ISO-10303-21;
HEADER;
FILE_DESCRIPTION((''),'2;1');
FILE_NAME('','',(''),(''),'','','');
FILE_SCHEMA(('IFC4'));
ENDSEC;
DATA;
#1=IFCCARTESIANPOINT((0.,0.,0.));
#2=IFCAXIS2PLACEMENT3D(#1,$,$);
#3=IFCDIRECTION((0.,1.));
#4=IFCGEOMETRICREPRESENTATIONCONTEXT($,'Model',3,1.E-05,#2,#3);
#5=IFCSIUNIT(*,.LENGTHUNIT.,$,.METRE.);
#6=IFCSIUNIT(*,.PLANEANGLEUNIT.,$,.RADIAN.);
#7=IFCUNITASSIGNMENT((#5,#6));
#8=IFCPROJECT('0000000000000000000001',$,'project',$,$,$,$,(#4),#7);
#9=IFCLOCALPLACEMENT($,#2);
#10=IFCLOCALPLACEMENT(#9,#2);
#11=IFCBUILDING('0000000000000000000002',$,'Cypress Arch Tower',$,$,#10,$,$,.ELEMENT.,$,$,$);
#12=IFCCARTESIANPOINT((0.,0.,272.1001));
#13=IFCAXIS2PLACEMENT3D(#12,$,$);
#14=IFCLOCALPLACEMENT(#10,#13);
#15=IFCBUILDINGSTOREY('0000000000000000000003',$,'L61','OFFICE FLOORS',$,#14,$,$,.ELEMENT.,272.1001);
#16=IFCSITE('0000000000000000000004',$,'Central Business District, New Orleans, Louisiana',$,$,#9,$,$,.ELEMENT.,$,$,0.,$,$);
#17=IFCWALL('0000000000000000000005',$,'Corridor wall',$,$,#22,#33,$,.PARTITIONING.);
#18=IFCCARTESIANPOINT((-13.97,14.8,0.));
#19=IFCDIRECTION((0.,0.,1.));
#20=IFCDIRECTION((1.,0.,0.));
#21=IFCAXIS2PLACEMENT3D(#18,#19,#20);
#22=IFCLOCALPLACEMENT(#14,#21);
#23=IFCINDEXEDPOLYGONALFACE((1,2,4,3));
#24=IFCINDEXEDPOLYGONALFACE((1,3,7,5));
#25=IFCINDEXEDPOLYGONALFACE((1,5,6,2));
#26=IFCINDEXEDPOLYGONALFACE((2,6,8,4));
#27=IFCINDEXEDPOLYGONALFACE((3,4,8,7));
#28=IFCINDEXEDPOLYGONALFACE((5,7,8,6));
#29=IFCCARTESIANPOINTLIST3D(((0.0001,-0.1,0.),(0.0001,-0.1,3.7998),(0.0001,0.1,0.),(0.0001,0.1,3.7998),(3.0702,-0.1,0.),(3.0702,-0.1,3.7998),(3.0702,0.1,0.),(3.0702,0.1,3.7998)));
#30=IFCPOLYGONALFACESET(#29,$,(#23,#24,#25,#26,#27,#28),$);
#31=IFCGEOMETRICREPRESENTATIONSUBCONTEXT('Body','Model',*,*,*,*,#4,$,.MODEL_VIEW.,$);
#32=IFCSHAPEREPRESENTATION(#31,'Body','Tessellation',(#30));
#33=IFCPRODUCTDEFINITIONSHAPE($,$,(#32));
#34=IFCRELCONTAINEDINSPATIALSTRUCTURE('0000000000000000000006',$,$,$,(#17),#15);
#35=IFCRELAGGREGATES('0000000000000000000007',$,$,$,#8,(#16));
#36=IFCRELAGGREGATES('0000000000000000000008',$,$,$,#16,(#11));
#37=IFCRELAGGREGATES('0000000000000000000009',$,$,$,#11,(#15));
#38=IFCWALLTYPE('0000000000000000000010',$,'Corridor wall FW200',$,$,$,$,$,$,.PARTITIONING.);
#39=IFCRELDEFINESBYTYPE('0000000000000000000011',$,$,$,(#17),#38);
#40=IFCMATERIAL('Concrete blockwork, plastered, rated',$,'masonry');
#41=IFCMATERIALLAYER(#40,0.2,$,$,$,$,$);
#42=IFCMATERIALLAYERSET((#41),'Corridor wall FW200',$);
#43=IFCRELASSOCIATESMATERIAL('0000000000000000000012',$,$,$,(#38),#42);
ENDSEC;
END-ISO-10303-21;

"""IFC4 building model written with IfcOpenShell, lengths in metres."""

from ifc_helpers import new_model, si_unit, direction, frame, frame_2d, origin, place, context, subcontext, project, spatial, rectangle, extrude, material, layer, layer_set, type_object, element, save


model = new_model("IFC4")

# Units and contexts
model_context = context("Model", 3, precision=1e-05, world=origin(), true_north=direction((0.0, 1.0)))
body_context = subcontext(model_context, "Body", "Model", "MODEL_VIEW")
ifc_project = project(units=[si_unit("LENGTHUNIT", "METRE"), si_unit("PLANEANGLEUNIT", "RADIAN")], contexts=[model_context])

# Site, building, storey
site_placement = place(None, origin())
site = spatial("IfcSite", under=ifc_project, at=site_placement, Name="Central Business District, New Orleans, Louisiana", CompositionType="ELEMENT", RefElevation=0.0)
building_placement = place(site_placement, origin())
building = spatial("IfcBuilding", under=site, at=building_placement, Name="Cypress Arch Tower", CompositionType="ELEMENT")
storey_placement = place(building_placement, frame((0.0, 0.0, 272.1001)))
storey = spatial("IfcBuildingStorey", under=building, at=storey_placement, Name="L61", Description="OFFICE FLOORS", CompositionType="ELEMENT", Elevation=272.1001)

# Wall
ifc_material_1 = material(Name="Concrete blockwork, plastered, rated", Category="masonry")
ifc_layer_1 = layer(ifc_material_1, 0.2)
ifc_layer_set_1 = layer_set([ifc_layer_1], Name="Corridor wall FW200")
wall_type_1 = type_object("IfcWallType", Name="Corridor wall FW200", PredefinedType="PARTITIONING", material=ifc_layer_set_1)
wall_1_placement = place(storey_placement, frame((-13.97, 14.8, 0.0), z_axis=(0.0, 0.0, 1.0), x_axis=(1.0, 0.0, 0.0)))
element("IfcWall", 1, at=wall_1_placement, inside=storey, type_object=wall_type_1, Name="Corridor wall", PredefinedType="PARTITIONING", context=body_context, shape_type="SweptSolid", body=[
    extrude(rectangle(XDim=3.0701, YDim=0.2, at=frame_2d((1.5352, 0.0))), origin(), (0.0, 0.0, 1.0), 3.7998),
])

save(model, "model.ifc")
